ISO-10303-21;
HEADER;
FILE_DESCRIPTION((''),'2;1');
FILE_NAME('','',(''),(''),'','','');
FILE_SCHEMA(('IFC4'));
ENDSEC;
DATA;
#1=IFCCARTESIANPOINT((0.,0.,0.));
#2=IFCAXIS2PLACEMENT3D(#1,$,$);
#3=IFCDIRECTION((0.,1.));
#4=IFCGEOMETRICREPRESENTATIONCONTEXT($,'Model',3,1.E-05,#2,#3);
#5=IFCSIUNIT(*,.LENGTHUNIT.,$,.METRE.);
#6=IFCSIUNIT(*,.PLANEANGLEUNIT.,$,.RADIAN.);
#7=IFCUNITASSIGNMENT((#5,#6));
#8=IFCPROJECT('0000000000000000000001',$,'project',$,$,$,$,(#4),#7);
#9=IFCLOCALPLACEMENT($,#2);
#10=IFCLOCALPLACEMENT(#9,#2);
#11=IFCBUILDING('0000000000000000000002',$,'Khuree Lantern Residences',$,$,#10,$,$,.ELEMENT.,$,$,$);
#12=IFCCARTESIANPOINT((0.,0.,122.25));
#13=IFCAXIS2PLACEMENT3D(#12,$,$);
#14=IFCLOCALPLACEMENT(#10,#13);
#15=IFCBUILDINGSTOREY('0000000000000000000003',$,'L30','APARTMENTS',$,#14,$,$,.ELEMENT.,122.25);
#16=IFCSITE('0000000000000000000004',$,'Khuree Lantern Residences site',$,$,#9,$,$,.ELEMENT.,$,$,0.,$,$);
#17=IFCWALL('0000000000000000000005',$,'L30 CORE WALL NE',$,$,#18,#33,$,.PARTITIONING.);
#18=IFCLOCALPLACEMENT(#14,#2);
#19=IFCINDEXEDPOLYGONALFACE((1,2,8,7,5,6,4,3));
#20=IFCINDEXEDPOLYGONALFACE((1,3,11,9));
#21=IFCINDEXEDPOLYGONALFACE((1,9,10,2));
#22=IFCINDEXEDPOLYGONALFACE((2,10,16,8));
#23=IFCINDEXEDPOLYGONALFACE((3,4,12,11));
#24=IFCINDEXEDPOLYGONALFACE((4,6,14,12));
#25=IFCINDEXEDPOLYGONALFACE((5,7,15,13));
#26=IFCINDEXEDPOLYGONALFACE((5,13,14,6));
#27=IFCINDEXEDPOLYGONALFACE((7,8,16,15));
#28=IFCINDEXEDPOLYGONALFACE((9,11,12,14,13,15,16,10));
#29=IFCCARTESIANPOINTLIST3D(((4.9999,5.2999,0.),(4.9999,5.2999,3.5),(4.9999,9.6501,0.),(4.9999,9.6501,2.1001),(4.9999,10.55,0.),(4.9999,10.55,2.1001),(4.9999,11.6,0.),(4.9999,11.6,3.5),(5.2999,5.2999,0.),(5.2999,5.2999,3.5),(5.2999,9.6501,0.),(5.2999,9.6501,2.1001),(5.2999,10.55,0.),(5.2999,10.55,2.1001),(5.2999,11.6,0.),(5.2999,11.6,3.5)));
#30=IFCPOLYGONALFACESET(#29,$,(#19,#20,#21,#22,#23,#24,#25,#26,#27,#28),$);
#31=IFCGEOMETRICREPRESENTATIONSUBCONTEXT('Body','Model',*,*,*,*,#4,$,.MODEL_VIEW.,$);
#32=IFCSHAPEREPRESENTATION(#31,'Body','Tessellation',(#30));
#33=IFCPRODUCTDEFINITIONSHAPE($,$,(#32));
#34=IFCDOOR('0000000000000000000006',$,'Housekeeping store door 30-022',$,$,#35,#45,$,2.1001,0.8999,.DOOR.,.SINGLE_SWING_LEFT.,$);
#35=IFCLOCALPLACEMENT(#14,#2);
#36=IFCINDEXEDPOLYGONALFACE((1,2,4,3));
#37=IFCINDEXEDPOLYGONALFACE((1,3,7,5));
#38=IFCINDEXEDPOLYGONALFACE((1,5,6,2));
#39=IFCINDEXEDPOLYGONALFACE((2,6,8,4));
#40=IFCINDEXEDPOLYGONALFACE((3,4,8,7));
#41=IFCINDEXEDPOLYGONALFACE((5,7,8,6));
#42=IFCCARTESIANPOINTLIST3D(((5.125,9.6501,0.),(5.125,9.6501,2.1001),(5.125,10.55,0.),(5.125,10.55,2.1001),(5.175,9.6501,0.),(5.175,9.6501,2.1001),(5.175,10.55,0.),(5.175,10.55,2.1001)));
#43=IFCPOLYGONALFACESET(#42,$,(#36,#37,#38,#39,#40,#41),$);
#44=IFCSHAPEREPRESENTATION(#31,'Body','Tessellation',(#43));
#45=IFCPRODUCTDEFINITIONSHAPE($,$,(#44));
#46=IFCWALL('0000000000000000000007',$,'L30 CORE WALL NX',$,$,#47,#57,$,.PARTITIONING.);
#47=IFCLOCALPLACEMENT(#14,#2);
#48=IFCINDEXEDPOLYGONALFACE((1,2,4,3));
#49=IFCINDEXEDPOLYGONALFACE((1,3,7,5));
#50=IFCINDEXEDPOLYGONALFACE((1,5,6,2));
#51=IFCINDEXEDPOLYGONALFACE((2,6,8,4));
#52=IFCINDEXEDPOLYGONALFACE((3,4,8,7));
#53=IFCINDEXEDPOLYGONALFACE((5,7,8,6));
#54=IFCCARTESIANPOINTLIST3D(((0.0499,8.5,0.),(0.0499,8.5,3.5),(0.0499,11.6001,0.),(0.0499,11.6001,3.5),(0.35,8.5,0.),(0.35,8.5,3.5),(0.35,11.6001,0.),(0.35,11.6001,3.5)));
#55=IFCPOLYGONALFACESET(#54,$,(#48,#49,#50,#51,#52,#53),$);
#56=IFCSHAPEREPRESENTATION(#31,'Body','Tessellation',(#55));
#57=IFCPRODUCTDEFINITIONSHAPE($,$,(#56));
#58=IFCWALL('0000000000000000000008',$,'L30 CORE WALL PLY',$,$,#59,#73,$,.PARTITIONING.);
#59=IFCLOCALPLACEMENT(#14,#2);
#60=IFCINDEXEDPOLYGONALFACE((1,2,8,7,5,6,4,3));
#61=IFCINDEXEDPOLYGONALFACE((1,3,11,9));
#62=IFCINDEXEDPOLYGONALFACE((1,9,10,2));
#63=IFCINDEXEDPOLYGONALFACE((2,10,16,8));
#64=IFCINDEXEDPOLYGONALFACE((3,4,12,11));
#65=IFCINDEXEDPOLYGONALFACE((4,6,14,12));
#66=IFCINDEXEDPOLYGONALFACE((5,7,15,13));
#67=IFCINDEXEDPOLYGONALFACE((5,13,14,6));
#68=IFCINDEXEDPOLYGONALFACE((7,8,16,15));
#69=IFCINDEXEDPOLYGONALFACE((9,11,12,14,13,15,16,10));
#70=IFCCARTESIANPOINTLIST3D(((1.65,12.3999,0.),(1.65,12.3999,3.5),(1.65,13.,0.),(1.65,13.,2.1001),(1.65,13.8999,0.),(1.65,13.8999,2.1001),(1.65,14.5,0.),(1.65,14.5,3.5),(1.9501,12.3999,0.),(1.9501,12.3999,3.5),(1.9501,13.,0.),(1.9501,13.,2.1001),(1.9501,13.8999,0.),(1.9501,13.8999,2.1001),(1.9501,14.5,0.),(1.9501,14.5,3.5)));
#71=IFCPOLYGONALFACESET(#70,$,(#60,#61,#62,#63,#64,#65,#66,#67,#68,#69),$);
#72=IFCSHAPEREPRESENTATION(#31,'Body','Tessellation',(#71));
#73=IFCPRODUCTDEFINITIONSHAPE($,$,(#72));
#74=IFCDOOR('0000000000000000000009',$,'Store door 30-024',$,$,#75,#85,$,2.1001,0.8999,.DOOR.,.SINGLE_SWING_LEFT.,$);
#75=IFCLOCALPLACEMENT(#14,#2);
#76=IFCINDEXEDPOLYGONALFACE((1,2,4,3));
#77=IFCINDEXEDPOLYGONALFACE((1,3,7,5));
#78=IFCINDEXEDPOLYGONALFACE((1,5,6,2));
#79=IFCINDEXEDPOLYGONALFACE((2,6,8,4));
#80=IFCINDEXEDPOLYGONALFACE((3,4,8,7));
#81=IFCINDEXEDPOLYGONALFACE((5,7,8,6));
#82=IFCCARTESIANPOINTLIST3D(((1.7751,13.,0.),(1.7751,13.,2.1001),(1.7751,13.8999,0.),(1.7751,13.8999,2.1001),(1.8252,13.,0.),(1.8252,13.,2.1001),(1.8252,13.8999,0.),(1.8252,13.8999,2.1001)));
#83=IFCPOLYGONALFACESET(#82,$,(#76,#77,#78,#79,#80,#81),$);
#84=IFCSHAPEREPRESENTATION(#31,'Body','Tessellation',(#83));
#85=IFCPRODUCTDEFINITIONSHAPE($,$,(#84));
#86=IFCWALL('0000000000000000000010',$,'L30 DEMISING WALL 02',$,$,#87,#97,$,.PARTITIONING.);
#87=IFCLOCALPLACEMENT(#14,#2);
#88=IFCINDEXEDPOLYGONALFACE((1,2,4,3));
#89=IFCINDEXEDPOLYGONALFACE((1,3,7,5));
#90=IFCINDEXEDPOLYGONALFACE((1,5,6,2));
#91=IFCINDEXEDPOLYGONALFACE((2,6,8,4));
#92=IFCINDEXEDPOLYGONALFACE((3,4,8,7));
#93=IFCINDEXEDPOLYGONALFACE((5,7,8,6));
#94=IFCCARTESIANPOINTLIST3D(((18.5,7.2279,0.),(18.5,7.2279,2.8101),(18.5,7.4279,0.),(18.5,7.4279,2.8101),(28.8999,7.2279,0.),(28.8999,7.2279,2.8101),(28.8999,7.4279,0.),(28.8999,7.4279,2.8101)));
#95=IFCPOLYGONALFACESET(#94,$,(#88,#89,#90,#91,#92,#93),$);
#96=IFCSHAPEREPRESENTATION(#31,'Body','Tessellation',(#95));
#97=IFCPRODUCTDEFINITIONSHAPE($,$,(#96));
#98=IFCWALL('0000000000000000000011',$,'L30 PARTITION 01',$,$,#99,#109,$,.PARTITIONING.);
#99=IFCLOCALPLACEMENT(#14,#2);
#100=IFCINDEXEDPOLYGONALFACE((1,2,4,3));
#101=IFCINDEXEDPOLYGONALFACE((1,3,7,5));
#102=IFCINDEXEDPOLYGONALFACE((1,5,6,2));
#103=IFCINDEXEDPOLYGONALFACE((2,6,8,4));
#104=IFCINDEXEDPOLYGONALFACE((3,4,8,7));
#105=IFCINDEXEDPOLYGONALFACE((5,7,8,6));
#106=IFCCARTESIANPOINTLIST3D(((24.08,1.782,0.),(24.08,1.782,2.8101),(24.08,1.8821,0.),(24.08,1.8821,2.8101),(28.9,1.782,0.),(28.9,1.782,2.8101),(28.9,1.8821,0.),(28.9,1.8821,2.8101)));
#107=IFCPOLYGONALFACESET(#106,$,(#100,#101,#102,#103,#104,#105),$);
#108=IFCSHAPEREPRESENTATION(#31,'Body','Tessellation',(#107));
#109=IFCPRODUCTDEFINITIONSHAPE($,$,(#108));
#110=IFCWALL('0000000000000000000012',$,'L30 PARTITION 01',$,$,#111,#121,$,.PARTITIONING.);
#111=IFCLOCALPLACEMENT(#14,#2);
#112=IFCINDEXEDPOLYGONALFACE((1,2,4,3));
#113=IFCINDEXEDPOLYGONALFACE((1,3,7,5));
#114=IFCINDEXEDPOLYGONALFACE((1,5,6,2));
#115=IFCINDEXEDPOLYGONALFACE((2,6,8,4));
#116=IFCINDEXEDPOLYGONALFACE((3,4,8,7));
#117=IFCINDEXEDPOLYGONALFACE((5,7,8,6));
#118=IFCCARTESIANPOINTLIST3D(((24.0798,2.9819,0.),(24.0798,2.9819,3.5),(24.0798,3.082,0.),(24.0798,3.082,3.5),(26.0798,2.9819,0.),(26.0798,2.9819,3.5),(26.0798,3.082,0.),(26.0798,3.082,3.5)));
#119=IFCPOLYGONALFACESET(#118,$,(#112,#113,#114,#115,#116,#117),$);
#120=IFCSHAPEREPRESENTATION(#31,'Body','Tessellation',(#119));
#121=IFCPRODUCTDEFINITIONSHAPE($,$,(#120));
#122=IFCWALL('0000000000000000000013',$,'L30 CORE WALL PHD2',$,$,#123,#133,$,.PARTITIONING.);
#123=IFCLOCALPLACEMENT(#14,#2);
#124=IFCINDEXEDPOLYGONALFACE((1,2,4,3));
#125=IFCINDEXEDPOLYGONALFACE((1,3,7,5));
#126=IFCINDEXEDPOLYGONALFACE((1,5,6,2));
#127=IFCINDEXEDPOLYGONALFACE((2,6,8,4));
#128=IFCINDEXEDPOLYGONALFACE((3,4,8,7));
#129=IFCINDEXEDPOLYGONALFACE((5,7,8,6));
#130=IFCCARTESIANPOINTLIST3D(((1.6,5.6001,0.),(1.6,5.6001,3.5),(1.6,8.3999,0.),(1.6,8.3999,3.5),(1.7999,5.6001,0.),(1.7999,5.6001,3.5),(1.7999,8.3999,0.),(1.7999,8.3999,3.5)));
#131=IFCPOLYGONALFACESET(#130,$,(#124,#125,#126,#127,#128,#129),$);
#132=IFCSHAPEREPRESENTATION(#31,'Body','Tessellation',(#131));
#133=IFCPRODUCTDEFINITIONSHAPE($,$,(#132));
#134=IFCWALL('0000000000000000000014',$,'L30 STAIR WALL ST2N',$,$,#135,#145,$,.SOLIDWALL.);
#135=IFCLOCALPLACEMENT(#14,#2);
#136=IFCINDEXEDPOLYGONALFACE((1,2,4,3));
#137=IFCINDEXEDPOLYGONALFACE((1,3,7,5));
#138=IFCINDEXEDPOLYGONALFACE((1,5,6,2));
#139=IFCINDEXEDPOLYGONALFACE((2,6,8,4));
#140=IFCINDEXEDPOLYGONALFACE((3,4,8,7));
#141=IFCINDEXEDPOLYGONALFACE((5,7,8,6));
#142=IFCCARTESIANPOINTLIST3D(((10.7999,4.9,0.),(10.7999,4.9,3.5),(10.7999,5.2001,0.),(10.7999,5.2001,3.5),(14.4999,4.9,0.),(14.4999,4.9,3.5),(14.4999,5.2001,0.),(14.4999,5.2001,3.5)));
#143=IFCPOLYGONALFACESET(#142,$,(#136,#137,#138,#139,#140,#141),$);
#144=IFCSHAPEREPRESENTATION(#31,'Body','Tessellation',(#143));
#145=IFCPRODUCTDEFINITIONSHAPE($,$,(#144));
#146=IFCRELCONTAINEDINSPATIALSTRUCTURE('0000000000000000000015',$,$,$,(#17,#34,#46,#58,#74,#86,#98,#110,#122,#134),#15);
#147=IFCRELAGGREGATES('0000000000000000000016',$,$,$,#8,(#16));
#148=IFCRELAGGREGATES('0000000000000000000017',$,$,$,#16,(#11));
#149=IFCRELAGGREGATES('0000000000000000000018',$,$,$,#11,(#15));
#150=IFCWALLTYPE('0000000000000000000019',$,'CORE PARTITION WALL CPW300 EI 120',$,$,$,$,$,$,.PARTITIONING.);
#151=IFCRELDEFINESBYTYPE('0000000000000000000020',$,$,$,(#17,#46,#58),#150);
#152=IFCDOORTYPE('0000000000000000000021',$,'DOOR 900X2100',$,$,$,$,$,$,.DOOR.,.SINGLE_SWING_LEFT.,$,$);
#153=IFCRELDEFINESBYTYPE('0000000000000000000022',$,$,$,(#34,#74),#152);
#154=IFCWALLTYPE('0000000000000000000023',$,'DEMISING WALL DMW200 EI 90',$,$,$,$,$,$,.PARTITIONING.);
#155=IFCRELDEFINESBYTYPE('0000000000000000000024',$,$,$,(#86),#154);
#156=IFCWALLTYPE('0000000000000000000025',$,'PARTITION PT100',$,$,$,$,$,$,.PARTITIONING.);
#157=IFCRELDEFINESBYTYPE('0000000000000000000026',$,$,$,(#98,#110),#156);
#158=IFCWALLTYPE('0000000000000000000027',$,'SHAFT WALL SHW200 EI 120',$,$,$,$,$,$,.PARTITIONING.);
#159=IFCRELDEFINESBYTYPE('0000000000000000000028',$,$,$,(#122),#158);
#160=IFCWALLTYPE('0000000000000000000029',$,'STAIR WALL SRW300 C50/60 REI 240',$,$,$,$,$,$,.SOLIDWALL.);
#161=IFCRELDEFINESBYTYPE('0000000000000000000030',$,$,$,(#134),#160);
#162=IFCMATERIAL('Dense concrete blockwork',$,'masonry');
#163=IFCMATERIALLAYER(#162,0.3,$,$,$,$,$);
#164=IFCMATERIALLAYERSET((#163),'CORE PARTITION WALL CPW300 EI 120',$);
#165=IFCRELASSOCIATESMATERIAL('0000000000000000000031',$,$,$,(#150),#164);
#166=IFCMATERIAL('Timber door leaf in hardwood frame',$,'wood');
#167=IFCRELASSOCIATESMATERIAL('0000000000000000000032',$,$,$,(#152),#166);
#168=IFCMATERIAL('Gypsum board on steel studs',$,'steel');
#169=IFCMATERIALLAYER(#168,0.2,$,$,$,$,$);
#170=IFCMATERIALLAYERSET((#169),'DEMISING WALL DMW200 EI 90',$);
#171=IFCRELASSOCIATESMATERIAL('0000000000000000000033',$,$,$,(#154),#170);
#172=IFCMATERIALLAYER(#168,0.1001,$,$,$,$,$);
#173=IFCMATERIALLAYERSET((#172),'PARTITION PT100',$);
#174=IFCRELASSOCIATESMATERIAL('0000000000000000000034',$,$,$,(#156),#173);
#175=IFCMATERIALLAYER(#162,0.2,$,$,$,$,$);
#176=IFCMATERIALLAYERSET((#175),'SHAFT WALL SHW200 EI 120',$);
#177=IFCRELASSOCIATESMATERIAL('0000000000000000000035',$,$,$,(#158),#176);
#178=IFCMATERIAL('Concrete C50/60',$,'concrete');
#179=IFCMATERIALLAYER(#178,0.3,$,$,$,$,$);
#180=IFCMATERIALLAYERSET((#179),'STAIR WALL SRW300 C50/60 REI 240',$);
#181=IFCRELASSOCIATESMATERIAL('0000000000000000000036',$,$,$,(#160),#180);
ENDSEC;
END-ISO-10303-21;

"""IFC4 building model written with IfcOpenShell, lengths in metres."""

from ifc_helpers import new_model, si_unit, direction, frame, frame_2d, origin, place, context, subcontext, project, spatial, rectangle, extrude, material, layer, layer_set, type_object, element, fill, save


model = new_model("IFC4")

# Units and contexts
model_context = context("Model", 3, precision=1e-05, world=origin(), true_north=direction((0.0, 1.0)))
body_context = subcontext(model_context, "Body", "Model", "MODEL_VIEW")
ifc_project = project(units=[si_unit("LENGTHUNIT", "METRE"), si_unit("PLANEANGLEUNIT", "RADIAN")], contexts=[model_context])

# Site, building, storey
site_placement = place(None, origin())
site = spatial("IfcSite", under=ifc_project, at=site_placement, Name="Khuree Lantern Residences site", CompositionType="ELEMENT", RefElevation=0.0)
building_placement = place(site_placement, origin())
building = spatial("IfcBuilding", under=site, at=building_placement, Name="Khuree Lantern Residences", CompositionType="ELEMENT")
storey_placement = place(building_placement, frame((0.0, 0.0, 122.25)))
storey = spatial("IfcBuildingStorey", under=building, at=storey_placement, Name="L30", Description="APARTMENTS", CompositionType="ELEMENT", Elevation=122.25)

# Shared definitions
ifc_material_1 = material(Name="Timber door leaf in hardwood frame", Category="wood")

# Shared definitions
ifc_material_2 = material(Name="Dense concrete blockwork", Category="masonry")
ifc_layer_1 = layer(ifc_material_2, 0.3)
ifc_layer_set_1 = layer_set([ifc_layer_1], Name="CORE PARTITION WALL CPW300 EI 120")
wall_type_1 = type_object("IfcWallType", Name="CORE PARTITION WALL CPW300 EI 120", PredefinedType="PARTITIONING", material=ifc_layer_set_1)

# Wall, opening, door
wall_1_placement = place(storey_placement, frame((5.1499, 5.3, 0.0), z_axis=(0.0, 0.0, 1.0), x_axis=(0.0, 1.0, 0.0)))
wall_1 = element("IfcWall", 1, at=wall_1_placement, inside=storey, type_object=wall_type_1, Name="L30 CORE WALL NE", PredefinedType="PARTITIONING", context=body_context, shape_type="SweptSolid", body=[
    extrude(rectangle(XDim=6.3, YDim=0.3, at=frame_2d((3.1499, 0.0))), origin(), (0.0, 0.0, 1.0), 3.5),
])
opening_1_placement = place(wall_1_placement, frame((4.3501, 0.0, 0.0)))
opening_1 = element("IfcOpeningElement", 2, at=opening_1_placement, cuts=wall_1, PredefinedType="OPENING", context=body_context, shape_type="SweptSolid", body=[
    extrude(rectangle(XDim=0.8999, YDim=2.1001, at=frame_2d((0.45, 1.05))), frame((0.0, 0.1602, 0.0), z_axis=(0.0, -1.0, 0.0), x_axis=(1.0, 0.0, 0.0)), (0.0, 0.0, 1.0), 0.3201),
])
door_type_1 = type_object("IfcDoorType", Name="DOOR 900X2100", OperationType="SINGLE_SWING_LEFT", PredefinedType="DOOR", material=ifc_material_1)
door_1_placement = place(opening_1_placement, origin())
door_1 = element("IfcDoor", 3, at=door_1_placement, inside=storey, type_object=door_type_1, Name="Housekeeping store door 30-022", OperationType="SINGLE_SWING_LEFT", OverallHeight=2.1001, OverallWidth=0.8999, PredefinedType="DOOR", context=body_context, shape_type="SweptSolid", body=[
    extrude(rectangle(XDim=0.8999, YDim=2.1001, at=frame_2d((0.45, 1.05))), frame((0.0, 0.0249, 0.0), z_axis=(0.0, -1.0, 0.0), x_axis=(1.0, 0.0, 0.0)), (0.0, 0.0, 1.0), 0.05),
])
fill(opening_1, door_1)

# Wall
wall_2_placement = place(storey_placement, frame((0.2, 8.5, 0.0), z_axis=(0.0, 0.0, 1.0), x_axis=(0.0, 1.0, 0.0)))
element("IfcWall", 4, at=wall_2_placement, inside=storey, type_object=wall_type_1, Name="L30 CORE WALL NX", PredefinedType="PARTITIONING", context=body_context, shape_type="SweptSolid", body=[
    extrude(rectangle(XDim=3.1001, YDim=0.3, at=frame_2d((1.55, 0.0))), origin(), (0.0, 0.0, 1.0), 3.5),
])

# Wall, opening, door
wall_3_placement = place(storey_placement, frame((1.8, 12.3999, 0.0), z_axis=(0.0, 0.0, 1.0), x_axis=(0.0, 1.0, 0.0)))
wall_3 = element("IfcWall", 5, at=wall_3_placement, inside=storey, type_object=wall_type_1, Name="L30 CORE WALL PLY", PredefinedType="PARTITIONING", context=body_context, shape_type="SweptSolid", body=[
    extrude(rectangle(XDim=2.1001, YDim=0.3, at=frame_2d((1.05, 0.0))), origin(), (0.0, 0.0, 1.0), 3.5),
])
opening_2_placement = place(wall_3_placement, frame((0.6001, 0.0, 0.0)))
opening_2 = element("IfcOpeningElement", 6, at=opening_2_placement, cuts=wall_3, PredefinedType="OPENING", context=body_context, shape_type="SweptSolid", body=[
    extrude(rectangle(XDim=0.8999, YDim=2.1001, at=frame_2d((0.45, 1.05))), frame((0.0, 0.1602, 0.0), z_axis=(0.0, -1.0, 0.0), x_axis=(1.0, 0.0, 0.0)), (0.0, 0.0, 1.0), 0.3201),
])
door_2_placement = place(opening_2_placement, origin())
door_2 = element("IfcDoor", 7, at=door_2_placement, inside=storey, type_object=door_type_1, Name="Store door 30-024", OperationType="SINGLE_SWING_LEFT", OverallHeight=2.1001, OverallWidth=0.8999, PredefinedType="DOOR", context=body_context, shape_type="SweptSolid", body=[
    extrude(rectangle(XDim=0.8999, YDim=2.1001, at=frame_2d((0.45, 1.05))), frame((0.0, 0.0249, 0.0), z_axis=(0.0, -1.0, 0.0), x_axis=(1.0, 0.0, 0.0)), (0.0, 0.0, 1.0), 0.05),
])
fill(opening_2, door_2)

# Walls
ifc_material_3 = material(Name="Gypsum board on steel studs", Category="steel")
ifc_layer_2 = layer(ifc_material_3, 0.2)
ifc_layer_set_2 = layer_set([ifc_layer_2], Name="DEMISING WALL DMW200 EI 90")
wall_type_2 = type_object("IfcWallType", Name="DEMISING WALL DMW200 EI 90", PredefinedType="PARTITIONING", material=ifc_layer_set_2)
wall_4_placement = place(storey_placement, frame((18.5, 7.3279, 0.0), z_axis=(0.0, 0.0, 1.0), x_axis=(1.0, 0.0, 0.0)))
element("IfcWall", 8, at=wall_4_placement, inside=storey, type_object=wall_type_2, Name="L30 DEMISING WALL 02", PredefinedType="PARTITIONING", context=body_context, shape_type="SweptSolid", body=[
    extrude(rectangle(XDim=10.3999, YDim=0.2, at=frame_2d((5.2, 0.0))), origin(), (0.0, 0.0, 1.0), 2.8101),
])
ifc_layer_3 = layer(ifc_material_3, 0.1001)
ifc_layer_set_3 = layer_set([ifc_layer_3], Name="PARTITION PT100")
wall_type_3 = type_object("IfcWallType", Name="PARTITION PT100", PredefinedType="PARTITIONING", material=ifc_layer_set_3)
wall_5_placement = place(storey_placement, frame((24.0798, 1.832, 0.0), z_axis=(0.0, 0.0, 1.0), x_axis=(1.0, 0.0, 0.0)))
element("IfcWall", 9, at=wall_5_placement, inside=storey, type_object=wall_type_3, Name="L30 PARTITION 01", PredefinedType="PARTITIONING", context=body_context, shape_type="SweptSolid", body=[
    extrude(rectangle(XDim=4.8201, YDim=0.1001, at=frame_2d((2.4102, 0.0))), origin(), (0.0, 0.0, 1.0), 2.8101),
])
wall_6_placement = place(storey_placement, frame((24.0798, 3.032, 0.0), z_axis=(0.0, 0.0, 1.0), x_axis=(1.0, 0.0, 0.0)))
element("IfcWall", 10, at=wall_6_placement, inside=storey, type_object=wall_type_3, Name="L30 PARTITION 01", PredefinedType="PARTITIONING", context=body_context, shape_type="SweptSolid", body=[
    extrude(rectangle(XDim=2.0, YDim=0.1001, at=frame_2d((1.0, 0.0))), origin(), (0.0, 0.0, 1.0), 3.5),
])
ifc_layer_4 = layer(ifc_material_2, 0.2)
ifc_layer_set_4 = layer_set([ifc_layer_4], Name="SHAFT WALL SHW200 EI 120")
wall_type_4 = type_object("IfcWallType", Name="SHAFT WALL SHW200 EI 120", PredefinedType="PARTITIONING", material=ifc_layer_set_4)
wall_7_placement = place(storey_placement, frame((1.7, 5.6001, 0.0), z_axis=(0.0, 0.0, 1.0), x_axis=(0.0, 1.0, 0.0)))
element("IfcWall", 11, at=wall_7_placement, inside=storey, type_object=wall_type_4, Name="L30 CORE WALL PHD2", PredefinedType="PARTITIONING", context=body_context, shape_type="SweptSolid", body=[
    extrude(rectangle(XDim=2.7998, YDim=0.2, at=frame_2d((1.3999, 0.0))), origin(), (0.0, 0.0, 1.0), 3.5),
])
ifc_material_4 = material(Name="Concrete C50/60", Category="concrete")
ifc_layer_5 = layer(ifc_material_4, 0.3)
ifc_layer_set_5 = layer_set([ifc_layer_5], Name="STAIR WALL SRW300 C50/60 REI 240")
wall_type_5 = type_object("IfcWallType", Name="STAIR WALL SRW300 C50/60 REI 240", PredefinedType="SOLIDWALL", material=ifc_layer_set_5)
wall_8_placement = place(storey_placement, frame((14.5, 5.05, 0.0), z_axis=(0.0, 0.0, 1.0), x_axis=(-1.0, 0.0, 0.0)))
element("IfcWall", 12, at=wall_8_placement, inside=storey, type_object=wall_type_5, Name="L30 STAIR WALL ST2N", PredefinedType="SOLIDWALL", context=body_context, shape_type="SweptSolid", body=[
    extrude(rectangle(XDim=3.7, YDim=0.3, at=frame_2d((1.8501, 0.0))), origin(), (0.0, 0.0, 1.0), 3.5),
])

save(model, "model.ifc")
